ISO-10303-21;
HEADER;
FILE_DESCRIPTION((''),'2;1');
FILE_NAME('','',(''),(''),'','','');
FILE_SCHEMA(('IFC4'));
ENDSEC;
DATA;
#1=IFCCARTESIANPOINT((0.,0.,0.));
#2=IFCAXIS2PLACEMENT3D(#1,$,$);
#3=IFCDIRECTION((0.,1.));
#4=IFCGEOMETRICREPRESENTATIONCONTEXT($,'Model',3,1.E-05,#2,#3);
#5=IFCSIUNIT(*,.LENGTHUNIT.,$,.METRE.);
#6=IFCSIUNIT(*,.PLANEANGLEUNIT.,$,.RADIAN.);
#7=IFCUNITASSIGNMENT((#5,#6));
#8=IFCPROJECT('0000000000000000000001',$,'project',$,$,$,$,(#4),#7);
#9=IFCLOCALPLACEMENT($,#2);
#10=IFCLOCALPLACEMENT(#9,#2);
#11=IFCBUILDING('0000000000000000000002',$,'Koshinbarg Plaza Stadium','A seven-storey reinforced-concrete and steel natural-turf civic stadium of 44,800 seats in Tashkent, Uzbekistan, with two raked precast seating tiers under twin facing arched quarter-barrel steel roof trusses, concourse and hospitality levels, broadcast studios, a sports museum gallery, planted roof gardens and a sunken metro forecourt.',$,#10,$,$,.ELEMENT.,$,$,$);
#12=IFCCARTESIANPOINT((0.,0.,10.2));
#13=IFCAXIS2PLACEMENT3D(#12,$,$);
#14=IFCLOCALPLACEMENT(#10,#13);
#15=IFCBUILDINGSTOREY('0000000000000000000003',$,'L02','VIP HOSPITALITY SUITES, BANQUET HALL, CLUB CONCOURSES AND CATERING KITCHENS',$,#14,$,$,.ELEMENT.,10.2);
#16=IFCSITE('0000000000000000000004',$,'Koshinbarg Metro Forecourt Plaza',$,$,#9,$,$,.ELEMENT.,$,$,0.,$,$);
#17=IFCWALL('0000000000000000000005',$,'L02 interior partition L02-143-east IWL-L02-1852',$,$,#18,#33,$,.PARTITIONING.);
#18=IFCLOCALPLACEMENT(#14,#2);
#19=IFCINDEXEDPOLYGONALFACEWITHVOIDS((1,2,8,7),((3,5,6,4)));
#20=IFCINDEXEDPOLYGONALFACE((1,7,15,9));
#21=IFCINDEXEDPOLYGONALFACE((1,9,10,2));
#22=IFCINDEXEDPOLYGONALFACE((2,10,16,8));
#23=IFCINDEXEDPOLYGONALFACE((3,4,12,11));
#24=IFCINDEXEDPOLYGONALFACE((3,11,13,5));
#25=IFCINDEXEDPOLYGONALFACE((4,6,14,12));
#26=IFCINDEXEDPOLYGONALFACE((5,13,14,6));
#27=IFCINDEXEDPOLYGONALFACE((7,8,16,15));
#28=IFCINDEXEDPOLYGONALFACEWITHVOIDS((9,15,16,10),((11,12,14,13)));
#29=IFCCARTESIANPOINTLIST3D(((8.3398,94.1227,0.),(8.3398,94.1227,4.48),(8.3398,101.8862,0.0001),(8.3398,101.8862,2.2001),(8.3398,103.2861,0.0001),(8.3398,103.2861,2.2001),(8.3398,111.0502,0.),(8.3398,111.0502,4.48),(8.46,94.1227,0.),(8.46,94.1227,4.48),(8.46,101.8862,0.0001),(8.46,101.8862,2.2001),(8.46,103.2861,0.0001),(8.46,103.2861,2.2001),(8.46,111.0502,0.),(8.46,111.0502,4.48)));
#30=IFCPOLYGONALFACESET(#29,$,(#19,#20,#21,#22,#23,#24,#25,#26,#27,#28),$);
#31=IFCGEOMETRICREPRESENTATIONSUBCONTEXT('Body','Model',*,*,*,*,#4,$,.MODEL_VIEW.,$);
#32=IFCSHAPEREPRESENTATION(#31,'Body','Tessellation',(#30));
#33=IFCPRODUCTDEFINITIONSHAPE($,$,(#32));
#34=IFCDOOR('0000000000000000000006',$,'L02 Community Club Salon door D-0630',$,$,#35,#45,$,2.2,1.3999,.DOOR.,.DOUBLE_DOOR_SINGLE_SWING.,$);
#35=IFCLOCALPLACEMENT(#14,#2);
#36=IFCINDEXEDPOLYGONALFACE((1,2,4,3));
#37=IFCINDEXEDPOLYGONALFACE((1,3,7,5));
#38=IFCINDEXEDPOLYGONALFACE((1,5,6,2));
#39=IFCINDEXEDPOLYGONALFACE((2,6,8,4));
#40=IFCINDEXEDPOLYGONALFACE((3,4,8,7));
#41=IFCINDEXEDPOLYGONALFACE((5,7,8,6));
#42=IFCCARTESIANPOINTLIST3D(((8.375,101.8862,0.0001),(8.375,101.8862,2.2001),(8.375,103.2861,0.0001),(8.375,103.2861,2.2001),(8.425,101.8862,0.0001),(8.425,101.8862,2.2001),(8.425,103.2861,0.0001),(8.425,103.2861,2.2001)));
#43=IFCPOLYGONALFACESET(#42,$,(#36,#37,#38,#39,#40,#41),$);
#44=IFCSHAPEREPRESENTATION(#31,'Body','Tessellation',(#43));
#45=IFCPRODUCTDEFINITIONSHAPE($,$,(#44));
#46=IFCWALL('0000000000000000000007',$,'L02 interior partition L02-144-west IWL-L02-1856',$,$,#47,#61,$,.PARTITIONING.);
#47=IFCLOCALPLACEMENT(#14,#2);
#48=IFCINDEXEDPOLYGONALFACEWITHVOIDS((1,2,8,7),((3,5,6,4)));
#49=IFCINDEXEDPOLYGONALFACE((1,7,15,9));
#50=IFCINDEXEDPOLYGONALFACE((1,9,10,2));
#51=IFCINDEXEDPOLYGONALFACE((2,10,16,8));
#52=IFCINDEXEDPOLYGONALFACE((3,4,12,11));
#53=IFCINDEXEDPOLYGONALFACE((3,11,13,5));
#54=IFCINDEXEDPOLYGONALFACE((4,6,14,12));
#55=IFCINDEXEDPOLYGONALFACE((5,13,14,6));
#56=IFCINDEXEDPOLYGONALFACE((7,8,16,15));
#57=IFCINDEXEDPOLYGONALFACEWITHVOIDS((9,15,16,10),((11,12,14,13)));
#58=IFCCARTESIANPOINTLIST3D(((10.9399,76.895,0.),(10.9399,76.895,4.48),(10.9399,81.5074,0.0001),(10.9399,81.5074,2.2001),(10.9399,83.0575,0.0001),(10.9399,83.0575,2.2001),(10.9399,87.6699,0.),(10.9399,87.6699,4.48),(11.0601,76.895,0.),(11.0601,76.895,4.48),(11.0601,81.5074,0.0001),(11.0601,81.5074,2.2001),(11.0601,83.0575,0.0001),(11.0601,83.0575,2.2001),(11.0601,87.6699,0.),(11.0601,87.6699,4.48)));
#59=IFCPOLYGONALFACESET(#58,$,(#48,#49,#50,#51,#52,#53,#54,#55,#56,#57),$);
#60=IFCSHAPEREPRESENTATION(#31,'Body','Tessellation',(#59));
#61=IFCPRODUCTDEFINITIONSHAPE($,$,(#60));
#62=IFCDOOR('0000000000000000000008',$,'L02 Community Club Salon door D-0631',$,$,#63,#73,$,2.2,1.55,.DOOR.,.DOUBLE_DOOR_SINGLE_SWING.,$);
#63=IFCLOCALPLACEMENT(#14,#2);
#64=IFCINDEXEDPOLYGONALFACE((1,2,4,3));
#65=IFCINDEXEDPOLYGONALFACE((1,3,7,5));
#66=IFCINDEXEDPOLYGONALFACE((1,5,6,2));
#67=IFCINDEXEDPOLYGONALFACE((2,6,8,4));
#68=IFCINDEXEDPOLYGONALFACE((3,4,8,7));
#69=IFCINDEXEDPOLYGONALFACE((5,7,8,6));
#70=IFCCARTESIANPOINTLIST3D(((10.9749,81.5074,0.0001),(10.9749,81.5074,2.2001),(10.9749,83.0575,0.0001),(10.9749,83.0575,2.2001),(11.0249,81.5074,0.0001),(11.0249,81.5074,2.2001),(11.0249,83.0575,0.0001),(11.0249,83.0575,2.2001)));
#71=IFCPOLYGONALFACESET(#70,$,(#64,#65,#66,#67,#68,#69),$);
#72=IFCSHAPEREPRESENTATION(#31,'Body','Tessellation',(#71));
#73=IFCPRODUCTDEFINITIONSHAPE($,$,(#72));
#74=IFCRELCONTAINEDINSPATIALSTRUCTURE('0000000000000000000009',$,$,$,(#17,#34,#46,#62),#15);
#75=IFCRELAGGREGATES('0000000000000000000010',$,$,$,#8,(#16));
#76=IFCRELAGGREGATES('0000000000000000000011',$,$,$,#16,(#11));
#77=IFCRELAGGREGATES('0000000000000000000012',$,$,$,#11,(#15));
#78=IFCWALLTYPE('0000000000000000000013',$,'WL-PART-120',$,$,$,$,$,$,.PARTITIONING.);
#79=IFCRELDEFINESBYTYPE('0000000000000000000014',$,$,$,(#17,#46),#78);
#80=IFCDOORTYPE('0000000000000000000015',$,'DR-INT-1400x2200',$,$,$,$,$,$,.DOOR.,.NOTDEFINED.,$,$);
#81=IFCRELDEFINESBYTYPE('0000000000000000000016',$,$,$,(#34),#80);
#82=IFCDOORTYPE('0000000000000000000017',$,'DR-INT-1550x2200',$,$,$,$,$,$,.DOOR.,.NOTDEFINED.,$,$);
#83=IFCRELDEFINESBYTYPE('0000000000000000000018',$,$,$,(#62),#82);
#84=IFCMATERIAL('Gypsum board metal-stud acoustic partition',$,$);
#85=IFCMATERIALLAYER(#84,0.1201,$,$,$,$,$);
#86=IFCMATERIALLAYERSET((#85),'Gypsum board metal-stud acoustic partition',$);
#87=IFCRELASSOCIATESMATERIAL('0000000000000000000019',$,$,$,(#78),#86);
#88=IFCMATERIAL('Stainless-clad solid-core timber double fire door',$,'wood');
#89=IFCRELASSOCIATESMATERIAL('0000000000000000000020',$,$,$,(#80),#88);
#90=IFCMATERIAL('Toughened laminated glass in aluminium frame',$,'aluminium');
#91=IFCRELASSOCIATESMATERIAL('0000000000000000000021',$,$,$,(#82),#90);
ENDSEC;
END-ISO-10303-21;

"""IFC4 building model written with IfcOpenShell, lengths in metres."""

from ifc_helpers import new_model, si_unit, direction, frame, frame_2d, origin, place, context, subcontext, project, spatial, rectangle, extrude, material, layer, layer_set, type_object, element, fill, save


model = new_model("IFC4")

# Units and contexts
model_context = context("Model", 3, precision=1e-05, world=origin(), true_north=direction((0.0, 1.0)))
body_context = subcontext(model_context, "Body", "Model", "MODEL_VIEW")
ifc_project = project(units=[si_unit("LENGTHUNIT", "METRE"), si_unit("PLANEANGLEUNIT", "RADIAN")], contexts=[model_context])

# Site, building, storey
site_placement = place(None, origin())
site = spatial("IfcSite", under=ifc_project, at=site_placement, Name="Koshinbarg Metro Forecourt Plaza", CompositionType="ELEMENT", RefElevation=0.0)
building_placement = place(site_placement, origin())
building = spatial("IfcBuilding", under=site, at=building_placement, Name="Koshinbarg Plaza Stadium", Description="A seven-storey reinforced-concrete and steel natural-turf civic stadium of 44,800 seats in Tashkent, Uzbekistan, with two raked precast seating tiers under twin facing arched quarter-barrel steel roof trusses, concourse and hospitality levels, broadcast studios, a sports museum gallery, planted roof gardens and a sunken metro forecourt.", CompositionType="ELEMENT")
storey_placement = place(building_placement, frame((0.0, 0.0, 10.2)))
storey = spatial("IfcBuildingStorey", under=building, at=storey_placement, Name="L02", Description="VIP HOSPITALITY SUITES, BANQUET HALL, CLUB CONCOURSES AND CATERING KITCHENS", CompositionType="ELEMENT", Elevation=10.2)

# Shared definitions
ifc_material_1 = material(Name="Gypsum board metal-stud acoustic partition")
ifc_layer_1 = layer(ifc_material_1, 0.1201)
ifc_layer_set_1 = layer_set([ifc_layer_1], Name="Gypsum board metal-stud acoustic partition")
wall_type = type_object("IfcWallType", Name="WL-PART-120", PredefinedType="PARTITIONING", material=ifc_layer_set_1)

# Walls, openings, doors
wall_1_placement = place(storey_placement, frame((8.3999, 94.1226, 0.0), z_axis=(0.0, 0.0, 1.0), x_axis=(0.0, 1.0, 0.0)))
wall_1 = element("IfcWall", 1, at=wall_1_placement, inside=storey, type_object=wall_type, Name="L02 interior partition L02-143-east IWL-L02-1852", PredefinedType="PARTITIONING", context=body_context, shape_type="SweptSolid", body=[
    extrude(rectangle(XDim=16.9275, YDim=0.1201, at=frame_2d((8.4639, 0.0))), origin(), (0.0, 0.0, 1.0), 4.48),
])
opening_1_placement = place(wall_1_placement, frame((7.7637, 0.0, 0.0)))
opening_1 = element("IfcOpeningElement", 2, at=opening_1_placement, cuts=wall_1, PredefinedType="OPENING", context=body_context, shape_type="SweptSolid", body=[
    extrude(rectangle(XDim=1.3999, YDim=2.2, at=frame_2d((0.7, 1.1001))), frame((0.0, 0.0701, 0.0), z_axis=(0.0, -1.0, 0.0), x_axis=(1.0, 0.0, 0.0)), (0.0, 0.0, 1.0), 0.1401),
])
ifc_material_2 = material(Name="Stainless-clad solid-core timber double fire door", Category="wood")
door_type_1 = type_object("IfcDoorType", Name="DR-INT-1400x2200", OperationType="NOTDEFINED", PredefinedType="DOOR", material=ifc_material_2)
door_1_placement = place(opening_1_placement, origin())
door_1 = element("IfcDoor", 3, at=door_1_placement, inside=storey, type_object=door_type_1, Name="L02 Community Club Salon door D-0630", OperationType="DOUBLE_DOOR_SINGLE_SWING", OverallHeight=2.2, OverallWidth=1.3999, PredefinedType="DOOR", context=body_context, shape_type="SweptSolid", body=[
    extrude(rectangle(XDim=1.3999, YDim=2.2, at=frame_2d((0.7, 1.1001))), frame((0.0, 0.0249, 0.0), z_axis=(0.0, -1.0, 0.0), x_axis=(1.0, 0.0, 0.0)), (0.0, 0.0, 1.0), 0.05),
])
fill(opening_1, door_1)
wall_2_placement = place(storey_placement, frame((11.0, 87.6699, 0.0), z_axis=(0.0, 0.0, 1.0), x_axis=(0.0, -1.0, 0.0)))
wall_2 = element("IfcWall", 4, at=wall_2_placement, inside=storey, type_object=wall_type, Name="L02 interior partition L02-144-west IWL-L02-1856", PredefinedType="PARTITIONING", context=body_context, shape_type="SweptSolid", body=[
    extrude(rectangle(XDim=10.7749, YDim=0.1201, at=frame_2d((5.3875, 0.0))), origin(), (0.0, 0.0, 1.0), 4.48),
])
opening_2_placement = place(wall_2_placement, frame((4.6125, 0.0, 0.0)))
opening_2 = element("IfcOpeningElement", 5, at=opening_2_placement, cuts=wall_2, PredefinedType="OPENING", context=body_context, shape_type="SweptSolid", body=[
    extrude(rectangle(XDim=1.55, YDim=2.2, at=frame_2d((0.7749, 1.1001))), frame((0.0, 0.0701, 0.0), z_axis=(0.0, -1.0, 0.0), x_axis=(1.0, 0.0, 0.0)), (0.0, 0.0, 1.0), 0.1401),
])
ifc_material_3 = material(Name="Toughened laminated glass in aluminium frame", Category="aluminium")
door_type_2 = type_object("IfcDoorType", Name="DR-INT-1550x2200", OperationType="NOTDEFINED", PredefinedType="DOOR", material=ifc_material_3)
door_2_placement = place(opening_2_placement, origin())
door_2 = element("IfcDoor", 6, at=door_2_placement, inside=storey, type_object=door_type_2, Name="L02 Community Club Salon door D-0631", OperationType="DOUBLE_DOOR_SINGLE_SWING", OverallHeight=2.2, OverallWidth=1.55, PredefinedType="DOOR", context=body_context, shape_type="SweptSolid", body=[
    extrude(rectangle(XDim=1.55, YDim=2.2, at=frame_2d((0.7749, 1.1001))), frame((0.0, 0.0249, 0.0), z_axis=(0.0, -1.0, 0.0), x_axis=(1.0, 0.0, 0.0)), (0.0, 0.0, 1.0), 0.05),
])
fill(opening_2, door_2)

save(model, "model.ifc")
